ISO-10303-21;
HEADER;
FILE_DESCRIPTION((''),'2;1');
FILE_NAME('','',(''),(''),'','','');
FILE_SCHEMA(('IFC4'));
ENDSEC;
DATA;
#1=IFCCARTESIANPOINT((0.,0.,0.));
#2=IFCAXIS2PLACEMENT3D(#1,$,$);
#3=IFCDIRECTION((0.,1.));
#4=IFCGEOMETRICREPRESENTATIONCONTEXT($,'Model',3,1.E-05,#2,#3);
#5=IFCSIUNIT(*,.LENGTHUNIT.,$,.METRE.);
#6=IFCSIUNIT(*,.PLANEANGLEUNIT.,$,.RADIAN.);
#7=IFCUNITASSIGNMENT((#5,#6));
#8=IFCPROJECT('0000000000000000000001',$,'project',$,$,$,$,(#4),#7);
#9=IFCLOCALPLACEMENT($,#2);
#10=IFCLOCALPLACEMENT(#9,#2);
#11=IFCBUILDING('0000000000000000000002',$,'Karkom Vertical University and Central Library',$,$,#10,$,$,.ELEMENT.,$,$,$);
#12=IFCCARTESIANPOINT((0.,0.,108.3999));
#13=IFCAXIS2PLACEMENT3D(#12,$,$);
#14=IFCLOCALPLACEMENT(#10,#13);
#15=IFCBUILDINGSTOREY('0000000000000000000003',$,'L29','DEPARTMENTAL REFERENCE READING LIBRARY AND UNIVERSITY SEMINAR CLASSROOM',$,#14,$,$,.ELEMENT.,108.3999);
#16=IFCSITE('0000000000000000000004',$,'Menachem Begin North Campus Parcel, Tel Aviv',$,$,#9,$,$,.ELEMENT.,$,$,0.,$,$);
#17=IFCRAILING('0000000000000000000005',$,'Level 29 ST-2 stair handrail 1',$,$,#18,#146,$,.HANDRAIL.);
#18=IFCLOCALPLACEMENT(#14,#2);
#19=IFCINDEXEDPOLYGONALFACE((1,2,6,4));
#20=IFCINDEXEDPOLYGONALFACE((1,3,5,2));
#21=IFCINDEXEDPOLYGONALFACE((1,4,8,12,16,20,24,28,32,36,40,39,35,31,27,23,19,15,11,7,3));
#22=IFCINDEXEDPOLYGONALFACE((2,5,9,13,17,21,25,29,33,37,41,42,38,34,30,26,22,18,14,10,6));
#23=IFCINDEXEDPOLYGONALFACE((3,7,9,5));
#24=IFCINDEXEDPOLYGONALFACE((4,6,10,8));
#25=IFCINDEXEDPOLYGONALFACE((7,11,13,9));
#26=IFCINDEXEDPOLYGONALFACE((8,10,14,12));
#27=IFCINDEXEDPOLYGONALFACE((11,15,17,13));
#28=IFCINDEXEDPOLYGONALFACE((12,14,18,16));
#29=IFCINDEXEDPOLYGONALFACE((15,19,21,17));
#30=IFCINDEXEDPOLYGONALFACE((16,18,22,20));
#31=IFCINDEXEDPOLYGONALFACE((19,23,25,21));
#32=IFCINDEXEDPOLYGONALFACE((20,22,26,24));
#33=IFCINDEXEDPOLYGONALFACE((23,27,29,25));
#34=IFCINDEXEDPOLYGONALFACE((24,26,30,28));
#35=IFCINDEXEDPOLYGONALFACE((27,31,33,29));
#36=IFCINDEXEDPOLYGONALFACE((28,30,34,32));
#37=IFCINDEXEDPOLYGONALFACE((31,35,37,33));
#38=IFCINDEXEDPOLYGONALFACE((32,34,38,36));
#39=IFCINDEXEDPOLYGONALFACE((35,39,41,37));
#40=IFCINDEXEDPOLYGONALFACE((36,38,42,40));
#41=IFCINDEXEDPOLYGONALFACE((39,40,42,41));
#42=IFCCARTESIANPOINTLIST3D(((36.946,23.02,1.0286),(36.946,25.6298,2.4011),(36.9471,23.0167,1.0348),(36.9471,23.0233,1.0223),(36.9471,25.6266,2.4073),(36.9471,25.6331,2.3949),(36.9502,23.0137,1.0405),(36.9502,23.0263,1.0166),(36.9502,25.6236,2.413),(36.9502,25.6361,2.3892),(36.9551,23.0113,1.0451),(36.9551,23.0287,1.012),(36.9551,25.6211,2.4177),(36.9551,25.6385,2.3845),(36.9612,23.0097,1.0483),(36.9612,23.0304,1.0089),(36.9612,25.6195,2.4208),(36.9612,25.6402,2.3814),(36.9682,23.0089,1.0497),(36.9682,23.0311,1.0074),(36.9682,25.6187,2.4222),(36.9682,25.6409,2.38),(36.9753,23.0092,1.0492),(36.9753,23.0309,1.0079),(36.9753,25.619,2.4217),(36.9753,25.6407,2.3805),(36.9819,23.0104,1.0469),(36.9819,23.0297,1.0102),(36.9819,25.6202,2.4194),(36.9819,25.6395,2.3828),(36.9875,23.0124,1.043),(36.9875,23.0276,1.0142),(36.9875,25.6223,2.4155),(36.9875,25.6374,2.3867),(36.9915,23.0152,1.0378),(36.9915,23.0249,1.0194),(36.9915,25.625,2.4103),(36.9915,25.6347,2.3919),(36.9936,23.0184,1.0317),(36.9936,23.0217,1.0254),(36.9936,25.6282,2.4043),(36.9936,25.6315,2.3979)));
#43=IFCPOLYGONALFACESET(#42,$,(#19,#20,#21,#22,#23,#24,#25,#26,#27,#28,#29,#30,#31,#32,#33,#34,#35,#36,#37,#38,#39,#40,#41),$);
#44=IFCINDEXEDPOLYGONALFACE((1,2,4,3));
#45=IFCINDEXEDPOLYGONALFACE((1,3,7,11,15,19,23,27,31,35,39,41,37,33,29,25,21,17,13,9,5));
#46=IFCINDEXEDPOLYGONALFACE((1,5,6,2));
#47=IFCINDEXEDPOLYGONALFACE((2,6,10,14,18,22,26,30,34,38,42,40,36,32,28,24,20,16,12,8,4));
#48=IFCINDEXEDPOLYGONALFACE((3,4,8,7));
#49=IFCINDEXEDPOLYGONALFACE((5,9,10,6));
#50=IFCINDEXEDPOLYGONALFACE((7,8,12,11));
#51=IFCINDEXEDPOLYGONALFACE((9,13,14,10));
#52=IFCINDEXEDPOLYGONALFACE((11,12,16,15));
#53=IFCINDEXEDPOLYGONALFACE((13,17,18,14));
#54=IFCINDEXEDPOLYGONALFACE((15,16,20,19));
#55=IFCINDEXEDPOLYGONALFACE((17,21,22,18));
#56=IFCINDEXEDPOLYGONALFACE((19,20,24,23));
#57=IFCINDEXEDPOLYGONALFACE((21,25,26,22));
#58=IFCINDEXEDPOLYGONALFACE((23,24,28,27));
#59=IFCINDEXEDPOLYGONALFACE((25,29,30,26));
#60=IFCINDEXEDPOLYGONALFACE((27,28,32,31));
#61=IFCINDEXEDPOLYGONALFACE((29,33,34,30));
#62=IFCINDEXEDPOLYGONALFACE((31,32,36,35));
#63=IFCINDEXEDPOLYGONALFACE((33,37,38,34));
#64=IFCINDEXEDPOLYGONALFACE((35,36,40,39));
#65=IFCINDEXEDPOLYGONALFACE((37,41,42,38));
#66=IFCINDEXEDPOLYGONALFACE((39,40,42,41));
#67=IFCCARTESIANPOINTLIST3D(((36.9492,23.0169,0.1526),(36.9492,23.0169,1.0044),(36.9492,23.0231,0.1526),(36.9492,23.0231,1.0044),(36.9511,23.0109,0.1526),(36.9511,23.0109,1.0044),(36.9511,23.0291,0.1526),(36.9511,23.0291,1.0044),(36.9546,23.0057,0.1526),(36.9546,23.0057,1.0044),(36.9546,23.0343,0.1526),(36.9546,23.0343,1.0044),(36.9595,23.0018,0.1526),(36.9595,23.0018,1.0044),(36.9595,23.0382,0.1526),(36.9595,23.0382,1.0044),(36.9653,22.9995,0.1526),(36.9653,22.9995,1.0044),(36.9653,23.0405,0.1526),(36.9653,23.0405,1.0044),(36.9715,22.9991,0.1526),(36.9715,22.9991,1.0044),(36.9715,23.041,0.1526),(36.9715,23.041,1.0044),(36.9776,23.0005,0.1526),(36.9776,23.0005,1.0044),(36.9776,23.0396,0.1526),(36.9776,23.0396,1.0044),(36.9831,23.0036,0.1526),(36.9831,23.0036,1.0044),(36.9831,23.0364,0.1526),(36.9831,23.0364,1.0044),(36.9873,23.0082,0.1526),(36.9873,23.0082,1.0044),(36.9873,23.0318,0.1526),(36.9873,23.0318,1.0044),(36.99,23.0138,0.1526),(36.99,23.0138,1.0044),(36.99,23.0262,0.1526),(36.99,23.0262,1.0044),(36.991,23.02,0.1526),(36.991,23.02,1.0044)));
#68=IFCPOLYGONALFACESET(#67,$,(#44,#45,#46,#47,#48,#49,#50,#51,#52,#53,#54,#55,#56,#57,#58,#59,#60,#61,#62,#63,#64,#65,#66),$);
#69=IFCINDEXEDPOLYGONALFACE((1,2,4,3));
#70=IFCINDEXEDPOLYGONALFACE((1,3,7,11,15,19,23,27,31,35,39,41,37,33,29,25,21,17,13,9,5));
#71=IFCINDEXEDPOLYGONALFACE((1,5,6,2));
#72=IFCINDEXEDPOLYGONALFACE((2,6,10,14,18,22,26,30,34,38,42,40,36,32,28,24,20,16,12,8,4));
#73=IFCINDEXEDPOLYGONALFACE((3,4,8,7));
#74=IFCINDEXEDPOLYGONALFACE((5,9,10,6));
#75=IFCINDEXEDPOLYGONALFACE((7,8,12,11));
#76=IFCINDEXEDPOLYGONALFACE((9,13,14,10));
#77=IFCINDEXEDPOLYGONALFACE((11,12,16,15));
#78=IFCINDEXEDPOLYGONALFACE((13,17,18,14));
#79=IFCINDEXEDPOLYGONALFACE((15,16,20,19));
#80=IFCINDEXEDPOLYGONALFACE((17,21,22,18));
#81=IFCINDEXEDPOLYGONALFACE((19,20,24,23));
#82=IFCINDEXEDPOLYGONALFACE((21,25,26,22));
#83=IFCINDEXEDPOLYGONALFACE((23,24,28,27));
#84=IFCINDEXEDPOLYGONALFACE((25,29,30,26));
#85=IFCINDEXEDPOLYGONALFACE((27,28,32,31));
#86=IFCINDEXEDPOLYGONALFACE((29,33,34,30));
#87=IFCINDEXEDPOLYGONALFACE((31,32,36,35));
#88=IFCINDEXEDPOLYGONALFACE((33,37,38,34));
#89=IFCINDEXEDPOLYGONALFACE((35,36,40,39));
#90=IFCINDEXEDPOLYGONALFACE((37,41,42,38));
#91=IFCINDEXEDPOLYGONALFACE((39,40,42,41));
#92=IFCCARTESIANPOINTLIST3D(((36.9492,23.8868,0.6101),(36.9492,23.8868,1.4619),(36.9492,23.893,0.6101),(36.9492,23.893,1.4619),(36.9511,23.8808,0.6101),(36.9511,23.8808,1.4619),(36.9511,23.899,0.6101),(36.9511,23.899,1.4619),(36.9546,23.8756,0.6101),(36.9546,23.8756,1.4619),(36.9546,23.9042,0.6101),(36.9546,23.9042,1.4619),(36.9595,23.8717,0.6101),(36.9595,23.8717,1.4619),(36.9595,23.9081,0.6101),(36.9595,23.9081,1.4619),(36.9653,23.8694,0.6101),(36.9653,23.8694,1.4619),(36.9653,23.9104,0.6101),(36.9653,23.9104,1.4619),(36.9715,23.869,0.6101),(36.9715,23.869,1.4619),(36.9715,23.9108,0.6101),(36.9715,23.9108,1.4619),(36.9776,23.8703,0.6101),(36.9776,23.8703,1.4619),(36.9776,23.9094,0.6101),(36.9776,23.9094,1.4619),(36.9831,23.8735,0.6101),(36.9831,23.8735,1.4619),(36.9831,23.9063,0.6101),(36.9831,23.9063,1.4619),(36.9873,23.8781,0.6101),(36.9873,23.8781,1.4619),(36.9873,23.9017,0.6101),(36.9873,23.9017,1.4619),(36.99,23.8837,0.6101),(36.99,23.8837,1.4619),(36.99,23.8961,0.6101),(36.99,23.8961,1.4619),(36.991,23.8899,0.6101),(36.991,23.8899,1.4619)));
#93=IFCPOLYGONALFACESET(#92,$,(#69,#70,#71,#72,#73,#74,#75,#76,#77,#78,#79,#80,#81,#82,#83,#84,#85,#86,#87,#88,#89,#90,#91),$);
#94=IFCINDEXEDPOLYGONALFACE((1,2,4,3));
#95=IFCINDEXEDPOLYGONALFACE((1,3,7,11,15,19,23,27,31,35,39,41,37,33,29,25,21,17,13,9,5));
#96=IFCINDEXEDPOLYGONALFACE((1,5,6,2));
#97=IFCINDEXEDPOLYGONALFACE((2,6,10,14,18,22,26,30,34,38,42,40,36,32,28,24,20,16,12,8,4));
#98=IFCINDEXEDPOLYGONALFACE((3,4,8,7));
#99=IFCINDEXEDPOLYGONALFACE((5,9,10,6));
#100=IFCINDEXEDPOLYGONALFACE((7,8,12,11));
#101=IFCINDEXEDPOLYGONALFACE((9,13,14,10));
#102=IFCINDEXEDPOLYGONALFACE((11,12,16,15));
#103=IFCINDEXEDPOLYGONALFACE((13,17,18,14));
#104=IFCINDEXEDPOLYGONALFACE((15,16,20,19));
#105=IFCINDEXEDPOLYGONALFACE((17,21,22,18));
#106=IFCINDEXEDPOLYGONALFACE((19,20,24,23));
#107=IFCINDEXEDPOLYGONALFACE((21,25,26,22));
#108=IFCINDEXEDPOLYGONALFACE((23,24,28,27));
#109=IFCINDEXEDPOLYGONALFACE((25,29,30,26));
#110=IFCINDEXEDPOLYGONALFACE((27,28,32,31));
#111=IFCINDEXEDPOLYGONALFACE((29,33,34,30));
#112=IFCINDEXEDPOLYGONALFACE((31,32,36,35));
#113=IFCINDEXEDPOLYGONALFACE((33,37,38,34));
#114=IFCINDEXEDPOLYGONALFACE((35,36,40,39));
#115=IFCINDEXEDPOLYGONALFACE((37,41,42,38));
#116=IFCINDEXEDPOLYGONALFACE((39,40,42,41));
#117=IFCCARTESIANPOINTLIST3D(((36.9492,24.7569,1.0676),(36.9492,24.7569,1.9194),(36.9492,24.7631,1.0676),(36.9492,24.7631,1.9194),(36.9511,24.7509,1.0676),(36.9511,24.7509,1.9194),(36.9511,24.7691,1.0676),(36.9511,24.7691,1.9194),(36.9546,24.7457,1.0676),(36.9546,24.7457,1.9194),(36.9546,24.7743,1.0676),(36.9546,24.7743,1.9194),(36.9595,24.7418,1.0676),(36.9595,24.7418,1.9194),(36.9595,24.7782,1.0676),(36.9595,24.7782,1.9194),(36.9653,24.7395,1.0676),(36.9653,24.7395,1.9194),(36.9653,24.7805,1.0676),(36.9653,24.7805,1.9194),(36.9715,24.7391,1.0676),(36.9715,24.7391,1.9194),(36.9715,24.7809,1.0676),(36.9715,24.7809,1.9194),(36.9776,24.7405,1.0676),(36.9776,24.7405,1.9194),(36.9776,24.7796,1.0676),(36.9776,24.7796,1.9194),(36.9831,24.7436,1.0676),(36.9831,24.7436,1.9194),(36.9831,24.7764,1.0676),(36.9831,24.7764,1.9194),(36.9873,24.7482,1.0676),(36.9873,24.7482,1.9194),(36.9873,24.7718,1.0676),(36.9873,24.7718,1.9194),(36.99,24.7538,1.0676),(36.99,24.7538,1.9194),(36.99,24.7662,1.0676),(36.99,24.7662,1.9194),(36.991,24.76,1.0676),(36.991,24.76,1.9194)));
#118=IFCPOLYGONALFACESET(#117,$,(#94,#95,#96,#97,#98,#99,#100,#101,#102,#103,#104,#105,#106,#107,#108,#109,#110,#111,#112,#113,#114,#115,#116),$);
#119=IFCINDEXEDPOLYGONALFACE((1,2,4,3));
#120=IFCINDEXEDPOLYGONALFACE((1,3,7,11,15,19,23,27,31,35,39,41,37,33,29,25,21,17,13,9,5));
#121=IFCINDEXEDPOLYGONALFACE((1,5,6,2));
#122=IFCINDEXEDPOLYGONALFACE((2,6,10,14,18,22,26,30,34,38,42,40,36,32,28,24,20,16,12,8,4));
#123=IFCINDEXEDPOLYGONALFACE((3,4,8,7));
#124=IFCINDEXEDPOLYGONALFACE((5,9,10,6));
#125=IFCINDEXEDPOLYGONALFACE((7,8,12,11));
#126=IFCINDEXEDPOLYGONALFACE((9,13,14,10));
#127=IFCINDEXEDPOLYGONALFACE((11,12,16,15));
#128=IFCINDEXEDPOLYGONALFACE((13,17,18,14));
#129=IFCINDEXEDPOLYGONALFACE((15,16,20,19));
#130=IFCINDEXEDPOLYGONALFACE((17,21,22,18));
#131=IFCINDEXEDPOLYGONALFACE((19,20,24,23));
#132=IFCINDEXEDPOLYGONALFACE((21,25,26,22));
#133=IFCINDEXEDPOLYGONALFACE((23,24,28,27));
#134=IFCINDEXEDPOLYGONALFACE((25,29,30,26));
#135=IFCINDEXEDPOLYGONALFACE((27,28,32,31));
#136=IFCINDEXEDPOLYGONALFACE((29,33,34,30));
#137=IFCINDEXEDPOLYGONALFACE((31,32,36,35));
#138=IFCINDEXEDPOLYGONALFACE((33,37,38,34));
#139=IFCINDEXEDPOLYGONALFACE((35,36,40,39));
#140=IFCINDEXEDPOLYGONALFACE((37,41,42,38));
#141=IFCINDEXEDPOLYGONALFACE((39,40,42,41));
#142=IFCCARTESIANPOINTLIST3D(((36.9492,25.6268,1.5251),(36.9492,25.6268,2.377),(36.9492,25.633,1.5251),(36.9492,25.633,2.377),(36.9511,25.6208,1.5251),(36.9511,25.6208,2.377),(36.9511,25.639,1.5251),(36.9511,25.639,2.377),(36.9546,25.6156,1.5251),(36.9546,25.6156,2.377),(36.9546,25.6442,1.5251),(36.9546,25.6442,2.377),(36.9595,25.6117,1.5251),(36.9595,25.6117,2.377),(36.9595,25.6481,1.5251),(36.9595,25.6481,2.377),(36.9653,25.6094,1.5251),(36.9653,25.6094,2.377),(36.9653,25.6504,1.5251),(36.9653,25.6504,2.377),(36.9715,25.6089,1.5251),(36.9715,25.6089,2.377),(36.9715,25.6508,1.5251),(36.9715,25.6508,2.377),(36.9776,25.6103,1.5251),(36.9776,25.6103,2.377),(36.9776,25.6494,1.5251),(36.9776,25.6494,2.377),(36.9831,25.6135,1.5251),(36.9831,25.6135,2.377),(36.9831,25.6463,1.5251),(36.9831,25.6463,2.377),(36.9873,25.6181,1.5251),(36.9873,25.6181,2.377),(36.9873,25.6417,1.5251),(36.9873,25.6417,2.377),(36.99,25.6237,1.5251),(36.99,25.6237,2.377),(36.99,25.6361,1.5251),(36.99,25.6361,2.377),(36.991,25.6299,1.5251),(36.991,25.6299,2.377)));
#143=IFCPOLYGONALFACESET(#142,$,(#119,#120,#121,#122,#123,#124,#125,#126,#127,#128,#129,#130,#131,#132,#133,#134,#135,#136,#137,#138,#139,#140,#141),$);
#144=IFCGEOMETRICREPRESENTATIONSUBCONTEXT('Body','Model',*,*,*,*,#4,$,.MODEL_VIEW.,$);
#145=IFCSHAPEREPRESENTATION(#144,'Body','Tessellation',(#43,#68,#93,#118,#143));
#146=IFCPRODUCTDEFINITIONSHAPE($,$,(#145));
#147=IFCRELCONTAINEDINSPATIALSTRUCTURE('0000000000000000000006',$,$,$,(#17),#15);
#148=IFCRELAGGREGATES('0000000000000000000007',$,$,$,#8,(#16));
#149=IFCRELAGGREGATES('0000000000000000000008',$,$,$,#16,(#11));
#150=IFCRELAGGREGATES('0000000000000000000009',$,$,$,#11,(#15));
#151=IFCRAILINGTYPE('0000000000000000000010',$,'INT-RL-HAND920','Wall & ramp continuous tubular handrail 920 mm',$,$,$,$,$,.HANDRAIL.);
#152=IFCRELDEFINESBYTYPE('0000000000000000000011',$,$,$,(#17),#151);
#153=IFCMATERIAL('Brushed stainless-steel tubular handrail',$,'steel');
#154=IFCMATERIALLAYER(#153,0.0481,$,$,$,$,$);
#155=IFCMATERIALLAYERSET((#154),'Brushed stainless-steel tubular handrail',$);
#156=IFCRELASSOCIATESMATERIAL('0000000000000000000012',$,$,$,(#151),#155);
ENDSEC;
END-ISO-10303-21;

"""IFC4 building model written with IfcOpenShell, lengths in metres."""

from ifc_helpers import new_model, si_unit, direction, frame, origin, origin_2d, place, context, subcontext, project, spatial, circle, extrude, material, layer, layer_set, type_object, element, save


model = new_model("IFC4")

# Units and contexts
model_context = context("Model", 3, precision=1e-05, world=origin(), true_north=direction((0.0, 1.0)))
body_context = subcontext(model_context, "Body", "Model", "MODEL_VIEW")
ifc_project = project(units=[si_unit("LENGTHUNIT", "METRE"), si_unit("PLANEANGLEUNIT", "RADIAN")], contexts=[model_context])

# Site, building, storey
site_placement = place(None, origin())
site = spatial("IfcSite", under=ifc_project, at=site_placement, Name="Menachem Begin North Campus Parcel, Tel Aviv", CompositionType="ELEMENT", RefElevation=0.0)
building_placement = place(site_placement, origin())
building = spatial("IfcBuilding", under=site, at=building_placement, Name="Karkom Vertical University and Central Library", CompositionType="ELEMENT")
storey_placement = place(building_placement, frame((0.0, 0.0, 108.3999)))
storey = spatial("IfcBuildingStorey", under=building, at=storey_placement, Name="L29", Description="DEPARTMENTAL REFERENCE READING LIBRARY AND UNIVERSITY SEMINAR CLASSROOM", CompositionType="ELEMENT", Elevation=108.3999)

# Railing
ifc_material_1 = material(Name="Brushed stainless-steel tubular handrail", Category="steel")
ifc_layer_1 = layer(ifc_material_1, 0.0481)
ifc_layer_set_1 = layer_set([ifc_layer_1], Name="Brushed stainless-steel tubular handrail")
railing_type_1 = type_object("IfcRailingType", Name="INT-RL-HAND920", Description="Wall & ramp continuous tubular handrail 920 mm", PredefinedType="HANDRAIL", material=ifc_layer_set_1)
railing_1_placement = place(storey_placement, frame((36.97, 23.02, 0.1526)))
element("IfcRailing", 1, at=railing_1_placement, inside=storey, type_object=railing_type_1, Name="Level 29 ST-2 stair handrail 1", PredefinedType="HANDRAIL", context=body_context, shape_type="SweptSolid", body=[
    extrude(circle(Radius=0.0239, at=origin_2d()), frame((0.0, 0.0, 0.876), z_axis=(0.0, 0.885065, 0.465467), x_axis=(-1.0, 0.0, 0.0)), (0.0, 0.0, 1.0), 2.9487),
    extrude(circle(Radius=0.021, at=origin_2d()), origin(), (0.0, 0.0, 1.0), 0.8518),
    extrude(circle(Radius=0.021, at=origin_2d()), frame((0.0, 0.8699, 0.4575)), (0.0, 0.0, 1.0), 0.8518),
    extrude(circle(Radius=0.021, at=origin_2d()), frame((0.0, 1.74, 0.915)), (0.0, 0.0, 1.0), 0.8518),
    extrude(circle(Radius=0.021, at=origin_2d()), frame((0.0, 2.6099, 1.3726)), (0.0, 0.0, 1.0), 0.8518),
])

save(model, "model.ifc")
